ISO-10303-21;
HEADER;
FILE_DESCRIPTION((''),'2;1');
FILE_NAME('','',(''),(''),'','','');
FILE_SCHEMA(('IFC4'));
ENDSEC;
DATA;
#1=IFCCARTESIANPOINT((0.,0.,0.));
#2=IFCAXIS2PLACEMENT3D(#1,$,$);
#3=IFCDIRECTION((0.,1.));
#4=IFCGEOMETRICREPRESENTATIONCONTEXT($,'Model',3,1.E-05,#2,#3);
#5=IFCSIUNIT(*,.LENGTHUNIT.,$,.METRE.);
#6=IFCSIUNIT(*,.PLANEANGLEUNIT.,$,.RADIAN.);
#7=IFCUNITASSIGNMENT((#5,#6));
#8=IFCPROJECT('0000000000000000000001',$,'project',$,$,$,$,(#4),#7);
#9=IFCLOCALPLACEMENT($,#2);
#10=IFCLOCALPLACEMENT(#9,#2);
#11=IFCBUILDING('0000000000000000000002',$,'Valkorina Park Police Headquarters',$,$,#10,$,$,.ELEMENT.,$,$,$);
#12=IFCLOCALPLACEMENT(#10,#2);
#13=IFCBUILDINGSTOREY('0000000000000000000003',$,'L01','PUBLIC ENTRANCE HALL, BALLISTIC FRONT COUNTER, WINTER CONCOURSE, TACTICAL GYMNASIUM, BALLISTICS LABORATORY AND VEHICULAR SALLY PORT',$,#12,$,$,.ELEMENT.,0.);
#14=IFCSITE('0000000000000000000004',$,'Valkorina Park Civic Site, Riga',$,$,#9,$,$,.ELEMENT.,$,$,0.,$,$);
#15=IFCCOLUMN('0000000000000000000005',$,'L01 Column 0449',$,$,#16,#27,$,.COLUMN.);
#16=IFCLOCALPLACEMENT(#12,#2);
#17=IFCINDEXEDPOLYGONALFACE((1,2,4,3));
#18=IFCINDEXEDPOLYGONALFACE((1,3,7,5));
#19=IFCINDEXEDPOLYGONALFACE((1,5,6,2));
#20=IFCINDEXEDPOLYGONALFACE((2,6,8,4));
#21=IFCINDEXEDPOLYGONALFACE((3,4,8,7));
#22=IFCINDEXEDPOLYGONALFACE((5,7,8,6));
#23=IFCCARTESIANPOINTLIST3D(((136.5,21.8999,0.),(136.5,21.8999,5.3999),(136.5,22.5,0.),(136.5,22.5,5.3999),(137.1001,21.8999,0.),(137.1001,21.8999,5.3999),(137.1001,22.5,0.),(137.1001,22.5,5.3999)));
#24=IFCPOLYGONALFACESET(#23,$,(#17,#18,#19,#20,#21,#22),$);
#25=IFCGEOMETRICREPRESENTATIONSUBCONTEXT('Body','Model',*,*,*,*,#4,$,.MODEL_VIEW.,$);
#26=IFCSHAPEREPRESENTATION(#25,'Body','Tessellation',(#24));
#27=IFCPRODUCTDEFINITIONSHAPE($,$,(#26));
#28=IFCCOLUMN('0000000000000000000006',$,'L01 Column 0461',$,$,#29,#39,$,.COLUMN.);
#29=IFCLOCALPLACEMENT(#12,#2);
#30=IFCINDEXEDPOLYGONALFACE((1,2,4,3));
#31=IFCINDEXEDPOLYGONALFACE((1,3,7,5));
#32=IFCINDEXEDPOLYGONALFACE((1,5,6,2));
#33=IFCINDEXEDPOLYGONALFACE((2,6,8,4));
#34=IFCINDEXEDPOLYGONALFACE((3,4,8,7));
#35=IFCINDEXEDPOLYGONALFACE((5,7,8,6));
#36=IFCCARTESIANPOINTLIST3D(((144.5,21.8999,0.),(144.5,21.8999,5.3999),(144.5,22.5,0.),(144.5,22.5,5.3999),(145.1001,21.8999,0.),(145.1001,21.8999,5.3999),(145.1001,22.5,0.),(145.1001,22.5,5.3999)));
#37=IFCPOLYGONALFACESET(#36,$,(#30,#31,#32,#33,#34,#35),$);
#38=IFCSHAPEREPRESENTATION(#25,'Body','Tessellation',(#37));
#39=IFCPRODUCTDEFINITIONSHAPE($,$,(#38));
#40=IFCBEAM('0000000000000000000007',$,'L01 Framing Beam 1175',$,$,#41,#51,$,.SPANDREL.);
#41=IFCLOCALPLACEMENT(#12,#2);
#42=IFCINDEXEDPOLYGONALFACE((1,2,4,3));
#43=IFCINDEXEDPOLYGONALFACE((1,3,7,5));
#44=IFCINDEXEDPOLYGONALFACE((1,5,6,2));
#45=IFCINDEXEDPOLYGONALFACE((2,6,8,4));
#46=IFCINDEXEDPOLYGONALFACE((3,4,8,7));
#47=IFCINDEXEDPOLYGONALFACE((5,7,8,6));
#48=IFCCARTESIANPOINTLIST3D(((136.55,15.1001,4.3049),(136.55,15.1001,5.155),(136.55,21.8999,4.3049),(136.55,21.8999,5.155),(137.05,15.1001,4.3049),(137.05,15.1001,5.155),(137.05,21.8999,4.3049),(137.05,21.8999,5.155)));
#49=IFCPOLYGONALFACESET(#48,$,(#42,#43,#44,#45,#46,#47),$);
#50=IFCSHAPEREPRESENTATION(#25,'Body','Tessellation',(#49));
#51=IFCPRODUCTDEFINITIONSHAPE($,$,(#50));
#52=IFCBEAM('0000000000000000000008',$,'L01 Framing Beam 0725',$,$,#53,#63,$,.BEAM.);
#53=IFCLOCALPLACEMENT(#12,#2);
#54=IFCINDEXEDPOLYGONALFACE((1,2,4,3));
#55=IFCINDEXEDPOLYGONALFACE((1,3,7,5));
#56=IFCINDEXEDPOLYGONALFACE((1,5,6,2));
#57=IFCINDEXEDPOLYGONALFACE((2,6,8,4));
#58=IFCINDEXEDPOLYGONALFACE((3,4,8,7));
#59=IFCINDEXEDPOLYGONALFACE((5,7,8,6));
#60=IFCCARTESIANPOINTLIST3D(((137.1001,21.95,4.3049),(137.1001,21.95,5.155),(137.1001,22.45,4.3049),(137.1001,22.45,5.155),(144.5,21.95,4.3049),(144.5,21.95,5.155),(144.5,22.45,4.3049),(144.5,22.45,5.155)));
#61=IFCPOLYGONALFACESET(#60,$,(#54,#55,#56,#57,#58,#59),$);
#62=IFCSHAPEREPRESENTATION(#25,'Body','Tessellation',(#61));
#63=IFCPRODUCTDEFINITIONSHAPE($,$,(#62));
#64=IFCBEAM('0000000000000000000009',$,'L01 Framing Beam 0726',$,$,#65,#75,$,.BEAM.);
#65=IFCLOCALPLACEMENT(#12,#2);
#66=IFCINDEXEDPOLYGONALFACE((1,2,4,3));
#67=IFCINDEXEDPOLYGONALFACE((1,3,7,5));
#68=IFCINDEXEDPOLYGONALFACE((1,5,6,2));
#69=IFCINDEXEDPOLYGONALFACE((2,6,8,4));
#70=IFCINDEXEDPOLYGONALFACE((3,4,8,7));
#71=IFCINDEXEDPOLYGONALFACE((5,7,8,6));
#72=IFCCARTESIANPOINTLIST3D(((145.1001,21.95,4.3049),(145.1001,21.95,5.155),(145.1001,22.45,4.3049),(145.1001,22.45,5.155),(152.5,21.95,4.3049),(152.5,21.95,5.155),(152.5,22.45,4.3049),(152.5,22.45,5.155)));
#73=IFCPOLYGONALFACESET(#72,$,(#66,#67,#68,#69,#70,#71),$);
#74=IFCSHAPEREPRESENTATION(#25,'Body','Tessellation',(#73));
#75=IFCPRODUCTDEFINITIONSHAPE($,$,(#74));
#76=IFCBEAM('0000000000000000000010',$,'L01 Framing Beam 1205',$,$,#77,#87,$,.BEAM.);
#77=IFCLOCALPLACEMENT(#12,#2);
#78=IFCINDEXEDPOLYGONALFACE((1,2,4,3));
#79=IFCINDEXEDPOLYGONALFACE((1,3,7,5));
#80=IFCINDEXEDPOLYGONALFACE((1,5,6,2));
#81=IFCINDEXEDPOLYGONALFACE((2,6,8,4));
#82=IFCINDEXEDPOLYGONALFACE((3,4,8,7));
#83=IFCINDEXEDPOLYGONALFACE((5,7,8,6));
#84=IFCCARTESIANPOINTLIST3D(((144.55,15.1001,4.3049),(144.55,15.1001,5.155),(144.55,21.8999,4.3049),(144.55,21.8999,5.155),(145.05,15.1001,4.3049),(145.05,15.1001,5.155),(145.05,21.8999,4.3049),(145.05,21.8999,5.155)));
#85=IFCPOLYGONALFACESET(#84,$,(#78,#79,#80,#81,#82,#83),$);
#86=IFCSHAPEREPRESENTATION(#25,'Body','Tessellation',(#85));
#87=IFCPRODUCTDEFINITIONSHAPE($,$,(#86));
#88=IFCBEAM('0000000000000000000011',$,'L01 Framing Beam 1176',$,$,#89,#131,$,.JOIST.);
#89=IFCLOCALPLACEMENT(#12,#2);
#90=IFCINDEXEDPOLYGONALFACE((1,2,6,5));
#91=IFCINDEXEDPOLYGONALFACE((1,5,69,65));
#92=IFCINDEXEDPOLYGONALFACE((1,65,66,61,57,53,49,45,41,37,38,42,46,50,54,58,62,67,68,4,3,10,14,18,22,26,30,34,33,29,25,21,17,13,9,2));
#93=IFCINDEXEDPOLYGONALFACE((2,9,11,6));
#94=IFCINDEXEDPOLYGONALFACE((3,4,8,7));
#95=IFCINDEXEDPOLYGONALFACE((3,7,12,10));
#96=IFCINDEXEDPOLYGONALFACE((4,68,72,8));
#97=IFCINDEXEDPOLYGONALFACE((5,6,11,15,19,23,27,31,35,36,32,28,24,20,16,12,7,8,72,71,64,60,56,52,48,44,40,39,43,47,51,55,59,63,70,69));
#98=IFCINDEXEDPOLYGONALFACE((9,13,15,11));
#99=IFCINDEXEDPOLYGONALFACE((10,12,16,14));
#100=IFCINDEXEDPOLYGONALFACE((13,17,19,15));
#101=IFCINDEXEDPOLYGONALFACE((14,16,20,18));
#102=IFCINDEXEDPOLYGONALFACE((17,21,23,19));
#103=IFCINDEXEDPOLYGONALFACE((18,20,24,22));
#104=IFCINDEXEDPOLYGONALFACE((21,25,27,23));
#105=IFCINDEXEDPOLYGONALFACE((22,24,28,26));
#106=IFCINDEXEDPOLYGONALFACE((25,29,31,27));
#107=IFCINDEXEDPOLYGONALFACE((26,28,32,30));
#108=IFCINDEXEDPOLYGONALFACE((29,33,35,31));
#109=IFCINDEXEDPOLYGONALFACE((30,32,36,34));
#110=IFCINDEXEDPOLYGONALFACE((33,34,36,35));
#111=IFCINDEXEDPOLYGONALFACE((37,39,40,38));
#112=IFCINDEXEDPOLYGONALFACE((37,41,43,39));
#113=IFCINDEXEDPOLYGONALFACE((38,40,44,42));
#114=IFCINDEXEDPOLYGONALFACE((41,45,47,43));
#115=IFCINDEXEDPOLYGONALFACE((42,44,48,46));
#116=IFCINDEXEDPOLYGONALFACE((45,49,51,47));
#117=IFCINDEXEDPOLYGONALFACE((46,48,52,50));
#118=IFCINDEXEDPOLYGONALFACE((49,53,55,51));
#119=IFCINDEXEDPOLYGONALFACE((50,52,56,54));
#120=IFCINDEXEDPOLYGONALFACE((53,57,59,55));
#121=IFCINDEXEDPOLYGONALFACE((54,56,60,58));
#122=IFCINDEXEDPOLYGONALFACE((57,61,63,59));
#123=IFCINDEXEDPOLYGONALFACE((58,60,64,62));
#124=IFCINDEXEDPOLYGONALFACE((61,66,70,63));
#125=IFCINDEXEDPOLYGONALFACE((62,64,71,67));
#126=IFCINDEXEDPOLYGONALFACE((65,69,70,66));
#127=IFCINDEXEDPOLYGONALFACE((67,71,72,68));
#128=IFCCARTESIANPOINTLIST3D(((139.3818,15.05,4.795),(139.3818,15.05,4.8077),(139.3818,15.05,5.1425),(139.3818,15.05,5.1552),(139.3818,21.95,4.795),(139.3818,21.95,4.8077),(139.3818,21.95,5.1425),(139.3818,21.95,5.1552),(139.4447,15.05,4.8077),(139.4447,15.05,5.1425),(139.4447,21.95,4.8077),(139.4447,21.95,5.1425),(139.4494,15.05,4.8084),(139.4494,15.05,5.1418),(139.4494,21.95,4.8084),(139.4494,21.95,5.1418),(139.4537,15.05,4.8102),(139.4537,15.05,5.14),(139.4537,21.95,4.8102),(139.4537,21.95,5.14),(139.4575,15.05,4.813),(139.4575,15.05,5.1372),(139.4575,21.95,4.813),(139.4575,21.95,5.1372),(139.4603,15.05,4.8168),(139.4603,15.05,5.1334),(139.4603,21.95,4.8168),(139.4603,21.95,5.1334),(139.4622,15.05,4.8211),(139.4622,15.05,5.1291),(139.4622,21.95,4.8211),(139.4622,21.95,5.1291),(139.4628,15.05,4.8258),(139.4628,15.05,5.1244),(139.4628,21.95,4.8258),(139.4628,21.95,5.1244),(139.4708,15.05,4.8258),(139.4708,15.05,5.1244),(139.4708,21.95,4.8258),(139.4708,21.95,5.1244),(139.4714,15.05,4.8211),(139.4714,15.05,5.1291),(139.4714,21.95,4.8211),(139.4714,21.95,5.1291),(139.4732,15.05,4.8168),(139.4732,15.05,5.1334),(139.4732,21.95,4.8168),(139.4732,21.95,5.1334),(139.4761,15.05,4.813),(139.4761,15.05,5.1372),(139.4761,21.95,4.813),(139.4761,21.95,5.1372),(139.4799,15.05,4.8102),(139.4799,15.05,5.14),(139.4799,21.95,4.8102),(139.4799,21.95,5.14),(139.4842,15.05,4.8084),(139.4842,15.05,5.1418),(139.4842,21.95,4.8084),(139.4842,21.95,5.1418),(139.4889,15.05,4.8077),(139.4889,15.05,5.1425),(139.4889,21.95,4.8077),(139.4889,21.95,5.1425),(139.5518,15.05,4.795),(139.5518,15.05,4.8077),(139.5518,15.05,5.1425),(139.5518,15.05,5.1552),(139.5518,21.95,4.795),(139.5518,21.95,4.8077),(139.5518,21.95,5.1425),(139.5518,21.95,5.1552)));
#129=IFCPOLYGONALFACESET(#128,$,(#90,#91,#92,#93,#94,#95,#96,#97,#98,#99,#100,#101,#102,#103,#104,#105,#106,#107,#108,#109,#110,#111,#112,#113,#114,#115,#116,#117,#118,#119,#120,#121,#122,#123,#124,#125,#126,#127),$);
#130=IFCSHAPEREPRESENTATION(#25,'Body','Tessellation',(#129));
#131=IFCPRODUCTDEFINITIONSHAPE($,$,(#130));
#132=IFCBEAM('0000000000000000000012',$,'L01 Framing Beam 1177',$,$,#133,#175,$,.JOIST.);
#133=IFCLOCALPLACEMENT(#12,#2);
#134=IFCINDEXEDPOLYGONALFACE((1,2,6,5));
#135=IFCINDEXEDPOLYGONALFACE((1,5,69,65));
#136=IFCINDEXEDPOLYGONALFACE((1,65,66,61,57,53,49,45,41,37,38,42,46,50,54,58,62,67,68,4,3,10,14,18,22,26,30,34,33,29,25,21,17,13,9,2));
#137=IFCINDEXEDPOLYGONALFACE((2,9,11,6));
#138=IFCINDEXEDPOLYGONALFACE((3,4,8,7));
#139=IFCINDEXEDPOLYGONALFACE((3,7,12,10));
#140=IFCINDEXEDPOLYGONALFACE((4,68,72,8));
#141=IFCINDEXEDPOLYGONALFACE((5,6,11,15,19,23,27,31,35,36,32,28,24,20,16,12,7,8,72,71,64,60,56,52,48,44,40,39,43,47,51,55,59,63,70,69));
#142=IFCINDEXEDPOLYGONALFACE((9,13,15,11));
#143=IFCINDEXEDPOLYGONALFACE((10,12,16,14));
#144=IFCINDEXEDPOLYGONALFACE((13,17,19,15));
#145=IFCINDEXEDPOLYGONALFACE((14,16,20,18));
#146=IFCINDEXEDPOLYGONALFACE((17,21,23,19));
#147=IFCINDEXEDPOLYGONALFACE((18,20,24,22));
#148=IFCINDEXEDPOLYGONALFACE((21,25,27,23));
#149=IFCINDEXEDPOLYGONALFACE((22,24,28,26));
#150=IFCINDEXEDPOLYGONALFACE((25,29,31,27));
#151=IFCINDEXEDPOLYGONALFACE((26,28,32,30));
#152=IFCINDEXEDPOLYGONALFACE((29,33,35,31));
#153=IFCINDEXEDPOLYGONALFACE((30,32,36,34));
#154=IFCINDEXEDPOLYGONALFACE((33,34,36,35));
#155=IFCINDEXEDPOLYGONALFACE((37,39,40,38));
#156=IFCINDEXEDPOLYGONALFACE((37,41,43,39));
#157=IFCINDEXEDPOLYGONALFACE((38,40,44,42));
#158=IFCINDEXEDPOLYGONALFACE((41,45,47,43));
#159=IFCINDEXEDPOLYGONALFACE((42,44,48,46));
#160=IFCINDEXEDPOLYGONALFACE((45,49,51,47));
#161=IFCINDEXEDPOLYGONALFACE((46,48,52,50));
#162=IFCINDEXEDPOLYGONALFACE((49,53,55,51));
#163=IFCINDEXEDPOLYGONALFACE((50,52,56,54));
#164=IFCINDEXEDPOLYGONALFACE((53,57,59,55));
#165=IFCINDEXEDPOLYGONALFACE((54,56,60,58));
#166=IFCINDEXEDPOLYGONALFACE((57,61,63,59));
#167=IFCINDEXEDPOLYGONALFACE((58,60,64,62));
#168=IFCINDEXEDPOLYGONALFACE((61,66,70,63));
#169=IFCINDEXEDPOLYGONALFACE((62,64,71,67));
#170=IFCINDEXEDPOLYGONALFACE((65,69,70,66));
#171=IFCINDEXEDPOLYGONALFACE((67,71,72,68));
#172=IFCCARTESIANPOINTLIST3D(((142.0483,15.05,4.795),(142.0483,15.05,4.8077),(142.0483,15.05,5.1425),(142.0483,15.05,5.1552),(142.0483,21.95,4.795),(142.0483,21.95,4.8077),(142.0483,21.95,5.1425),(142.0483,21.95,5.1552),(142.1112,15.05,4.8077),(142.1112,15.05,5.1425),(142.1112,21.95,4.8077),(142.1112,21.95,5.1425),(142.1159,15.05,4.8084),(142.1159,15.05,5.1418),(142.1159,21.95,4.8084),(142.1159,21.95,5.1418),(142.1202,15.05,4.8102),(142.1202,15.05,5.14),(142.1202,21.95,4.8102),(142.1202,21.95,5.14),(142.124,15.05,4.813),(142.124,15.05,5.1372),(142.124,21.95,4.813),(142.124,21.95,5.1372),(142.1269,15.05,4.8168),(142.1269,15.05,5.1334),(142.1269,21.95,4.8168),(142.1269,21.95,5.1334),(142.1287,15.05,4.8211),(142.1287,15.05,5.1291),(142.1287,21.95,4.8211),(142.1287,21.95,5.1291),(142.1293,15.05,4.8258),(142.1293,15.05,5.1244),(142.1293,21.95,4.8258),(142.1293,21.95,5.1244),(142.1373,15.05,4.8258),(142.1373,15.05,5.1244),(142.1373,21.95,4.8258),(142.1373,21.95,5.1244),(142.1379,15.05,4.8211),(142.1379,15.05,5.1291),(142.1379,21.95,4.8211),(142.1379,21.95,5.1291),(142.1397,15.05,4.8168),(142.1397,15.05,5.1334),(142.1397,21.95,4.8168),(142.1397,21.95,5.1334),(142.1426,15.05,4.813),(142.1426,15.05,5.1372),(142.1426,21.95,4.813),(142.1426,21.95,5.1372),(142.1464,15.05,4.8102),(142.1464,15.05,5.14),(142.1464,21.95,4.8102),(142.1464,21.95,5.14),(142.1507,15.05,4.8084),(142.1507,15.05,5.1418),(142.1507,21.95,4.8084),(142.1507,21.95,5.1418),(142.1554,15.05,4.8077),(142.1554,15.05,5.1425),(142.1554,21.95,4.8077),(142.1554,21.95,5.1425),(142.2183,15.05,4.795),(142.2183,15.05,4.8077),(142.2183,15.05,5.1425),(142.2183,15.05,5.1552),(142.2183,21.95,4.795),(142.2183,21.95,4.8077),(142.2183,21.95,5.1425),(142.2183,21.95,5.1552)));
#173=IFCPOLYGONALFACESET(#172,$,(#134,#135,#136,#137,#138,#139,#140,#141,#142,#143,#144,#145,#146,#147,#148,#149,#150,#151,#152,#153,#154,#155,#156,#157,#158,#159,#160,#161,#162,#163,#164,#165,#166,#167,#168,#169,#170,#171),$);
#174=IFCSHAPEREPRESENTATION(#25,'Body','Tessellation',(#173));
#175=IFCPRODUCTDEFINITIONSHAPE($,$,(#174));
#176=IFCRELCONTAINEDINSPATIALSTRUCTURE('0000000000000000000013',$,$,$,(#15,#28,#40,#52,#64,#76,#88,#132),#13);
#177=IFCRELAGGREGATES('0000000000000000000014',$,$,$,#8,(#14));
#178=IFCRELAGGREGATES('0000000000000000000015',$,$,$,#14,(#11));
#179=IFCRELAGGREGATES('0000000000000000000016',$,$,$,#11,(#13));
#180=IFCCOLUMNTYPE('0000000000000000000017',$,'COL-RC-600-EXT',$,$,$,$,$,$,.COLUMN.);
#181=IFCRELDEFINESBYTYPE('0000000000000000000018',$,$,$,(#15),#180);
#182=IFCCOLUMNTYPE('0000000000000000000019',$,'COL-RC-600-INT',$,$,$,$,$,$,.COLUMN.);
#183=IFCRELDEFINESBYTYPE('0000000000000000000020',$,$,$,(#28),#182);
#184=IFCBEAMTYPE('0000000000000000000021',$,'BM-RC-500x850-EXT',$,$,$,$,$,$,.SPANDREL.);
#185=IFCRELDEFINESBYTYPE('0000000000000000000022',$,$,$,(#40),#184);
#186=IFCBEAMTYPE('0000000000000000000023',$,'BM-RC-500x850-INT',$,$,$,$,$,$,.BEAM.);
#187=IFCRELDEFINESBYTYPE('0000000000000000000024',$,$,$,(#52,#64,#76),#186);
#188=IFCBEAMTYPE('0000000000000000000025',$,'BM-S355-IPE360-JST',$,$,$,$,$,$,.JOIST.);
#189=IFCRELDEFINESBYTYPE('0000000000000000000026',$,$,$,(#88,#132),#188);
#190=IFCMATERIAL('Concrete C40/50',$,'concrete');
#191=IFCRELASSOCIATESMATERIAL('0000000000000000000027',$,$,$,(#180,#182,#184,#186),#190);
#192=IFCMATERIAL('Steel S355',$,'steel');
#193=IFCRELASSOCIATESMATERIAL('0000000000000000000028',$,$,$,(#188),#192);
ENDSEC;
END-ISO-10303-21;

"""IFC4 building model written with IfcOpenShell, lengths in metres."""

from ifc_helpers import new_model, si_unit, direction, frame, origin, origin_2d, place, context, subcontext, project, spatial, rectangle, i_section, extrude, material, material_profile, profile_set, type_object, element, save


model = new_model("IFC4")

# Units and contexts
model_context = context("Model", 3, precision=1e-05, world=origin(), true_north=direction((0.0, 1.0)))
body_context = subcontext(model_context, "Body", "Model", "MODEL_VIEW")
ifc_project = project(units=[si_unit("LENGTHUNIT", "METRE"), si_unit("PLANEANGLEUNIT", "RADIAN")], contexts=[model_context])

# Site, building, storey
site_placement = place(None, origin())
site = spatial("IfcSite", under=ifc_project, at=site_placement, Name="Valkorina Park Civic Site, Riga", CompositionType="ELEMENT", RefElevation=0.0)
building_placement = place(site_placement, origin())
building = spatial("IfcBuilding", under=site, at=building_placement, Name="Valkorina Park Police Headquarters", CompositionType="ELEMENT")
storey_placement = place(building_placement, origin())
storey = spatial("IfcBuildingStorey", under=building, at=storey_placement, Name="L01", Description="PUBLIC ENTRANCE HALL, BALLISTIC FRONT COUNTER, WINTER CONCOURSE, TACTICAL GYMNASIUM, BALLISTICS LABORATORY AND VEHICULAR SALLY PORT", CompositionType="ELEMENT", Elevation=0.0)

# Columns
ifc_material_1 = material(Name="Concrete C40/50", Category="concrete")
ifc_material_profile_1 = material_profile(ifc_material_1, rectangle(XDim=0.6001, YDim=0.6001, at=origin_2d()), Name="RC COL 600x600")
ifc_profile_set_1 = profile_set([ifc_material_profile_1], Name="Concrete C40/50")
column_type_1 = type_object("IfcColumnType", Name="COL-RC-600-EXT", PredefinedType="COLUMN", material=ifc_profile_set_1)
column_1_placement = place(storey_placement, frame((136.8, 22.2, 0.0), z_axis=(0.0, 0.0, 1.0), x_axis=(1.0, 0.0, 0.0)))
element("IfcColumn", 1, at=column_1_placement, inside=storey, type_object=column_type_1, Name="L01 Column 0449", PredefinedType="COLUMN", context=body_context, shape_type="SweptSolid", body=[
    extrude(rectangle(XDim=0.6001, YDim=0.6001, at=origin_2d()), origin(), (0.0, 0.0, 1.0), 5.3999),
])
ifc_material_profile_2 = material_profile(ifc_material_1, rectangle(XDim=0.6001, YDim=0.6001, at=origin_2d()), Name="RC COL 600x600")
ifc_profile_set_2 = profile_set([ifc_material_profile_2], Name="Concrete C40/50")
column_type_2 = type_object("IfcColumnType", Name="COL-RC-600-INT", PredefinedType="COLUMN", material=ifc_profile_set_2)
column_2_placement = place(storey_placement, frame((144.8, 22.2, 0.0), z_axis=(0.0, 0.0, 1.0), x_axis=(1.0, 0.0, 0.0)))
element("IfcColumn", 2, at=column_2_placement, inside=storey, type_object=column_type_2, Name="L01 Column 0461", PredefinedType="COLUMN", context=body_context, shape_type="SweptSolid", body=[
    extrude(rectangle(XDim=0.6001, YDim=0.6001, at=origin_2d()), origin(), (0.0, 0.0, 1.0), 5.3999),
])

# Beams
ifc_material_profile_3 = material_profile(ifc_material_1, rectangle(XDim=0.5, YDim=0.8501, at=origin_2d()), Name="RC BEAM 500x850")
ifc_profile_set_3 = profile_set([ifc_material_profile_3], Name="Concrete C40/50")
beam_type_1 = type_object("IfcBeamType", Name="BM-RC-500x850-EXT", PredefinedType="SPANDREL", material=ifc_profile_set_3)
beam_1_placement = place(storey_placement, frame((136.8, 15.1001, 4.73), z_axis=(0.0, 1.0, 0.0), x_axis=(-1.0, 0.0, 0.0)))
element("IfcBeam", 3, at=beam_1_placement, inside=storey, type_object=beam_type_1, Name="L01 Framing Beam 1175", PredefinedType="SPANDREL", context=body_context, shape_type="SweptSolid", body=[
    extrude(rectangle(XDim=0.5, YDim=0.8501, at=origin_2d()), origin(), (0.0, 0.0, 1.0), 6.7998),
])
ifc_material_profile_4 = material_profile(ifc_material_1, rectangle(XDim=0.5, YDim=0.8501, at=origin_2d()), Name="RC BEAM 500x850")
ifc_profile_set_4 = profile_set([ifc_material_profile_4], Name="Concrete C40/50")
beam_type_2 = type_object("IfcBeamType", Name="BM-RC-500x850-INT", PredefinedType="BEAM", material=ifc_profile_set_4)
for number, where, z_axis, x_axis, name in (
    (4, (137.1001, 22.2, 4.73), (1.0, 0.0, 0.0), (0.0, 1.0, 0.0), "L01 Framing Beam 0725"),
    (5, (145.1001, 22.2, 4.73), (1.0, 0.0, 0.0), (0.0, 1.0, 0.0), "L01 Framing Beam 0726"),
):
    element("IfcBeam", number, at=place(storey_placement, frame(where, z_axis=z_axis, x_axis=x_axis)), inside=storey, type_object=beam_type_2, Name=name, PredefinedType="BEAM", context=body_context, shape_type="SweptSolid", body=[
        extrude(rectangle(XDim=0.5, YDim=0.8501, at=origin_2d()), origin(), (0.0, 0.0, 1.0), 7.3999),
    ])
beam_2_placement = place(storey_placement, frame((144.8, 15.1001, 4.73), z_axis=(0.0, 1.0, 0.0), x_axis=(-1.0, 0.0, 0.0)))
element("IfcBeam", 6, at=beam_2_placement, inside=storey, type_object=beam_type_2, Name="L01 Framing Beam 1205", PredefinedType="BEAM", context=body_context, shape_type="SweptSolid", body=[
    extrude(rectangle(XDim=0.5, YDim=0.8501, at=origin_2d()), origin(), (0.0, 0.0, 1.0), 6.7998),
])
ifc_material_2 = material(Name="Steel S355", Category="steel")
ifc_material_profile_5 = material_profile(ifc_material_2, i_section(OverallWidth=0.1699, OverallDepth=0.3601, WebThickness=0.0081, FlangeThickness=0.0127, FilletRadius=0.0181, at=origin_2d()), Name="IPE 360")
ifc_profile_set_5 = profile_set([ifc_material_profile_5], Name="Steel S355")
beam_type_3 = type_object("IfcBeamType", Name="BM-S355-IPE360-JST", PredefinedType="JOIST", material=ifc_profile_set_5)
for number, where, z_axis, x_axis, name in (
    (7, (139.4668, 15.05, 4.9751), (0.0, 1.0, 0.0), (-1.0, 0.0, 0.0), "L01 Framing Beam 1176"),
    (8, (142.1333, 15.05, 4.9751), (0.0, 1.0, 0.0), (-1.0, 0.0, 0.0), "L01 Framing Beam 1177"),
):
    element("IfcBeam", number, at=place(storey_placement, frame(where, z_axis=z_axis, x_axis=x_axis)), inside=storey, type_object=beam_type_3, Name=name, PredefinedType="JOIST", context=body_context, shape_type="SweptSolid", body=[
        extrude(i_section(OverallWidth=0.1699, OverallDepth=0.3601, WebThickness=0.0081, FlangeThickness=0.0127, FilletRadius=0.0181, at=origin_2d()), origin(), (0.0, 0.0, 1.0), 6.8999),
    ])

save(model, "model.ifc")
